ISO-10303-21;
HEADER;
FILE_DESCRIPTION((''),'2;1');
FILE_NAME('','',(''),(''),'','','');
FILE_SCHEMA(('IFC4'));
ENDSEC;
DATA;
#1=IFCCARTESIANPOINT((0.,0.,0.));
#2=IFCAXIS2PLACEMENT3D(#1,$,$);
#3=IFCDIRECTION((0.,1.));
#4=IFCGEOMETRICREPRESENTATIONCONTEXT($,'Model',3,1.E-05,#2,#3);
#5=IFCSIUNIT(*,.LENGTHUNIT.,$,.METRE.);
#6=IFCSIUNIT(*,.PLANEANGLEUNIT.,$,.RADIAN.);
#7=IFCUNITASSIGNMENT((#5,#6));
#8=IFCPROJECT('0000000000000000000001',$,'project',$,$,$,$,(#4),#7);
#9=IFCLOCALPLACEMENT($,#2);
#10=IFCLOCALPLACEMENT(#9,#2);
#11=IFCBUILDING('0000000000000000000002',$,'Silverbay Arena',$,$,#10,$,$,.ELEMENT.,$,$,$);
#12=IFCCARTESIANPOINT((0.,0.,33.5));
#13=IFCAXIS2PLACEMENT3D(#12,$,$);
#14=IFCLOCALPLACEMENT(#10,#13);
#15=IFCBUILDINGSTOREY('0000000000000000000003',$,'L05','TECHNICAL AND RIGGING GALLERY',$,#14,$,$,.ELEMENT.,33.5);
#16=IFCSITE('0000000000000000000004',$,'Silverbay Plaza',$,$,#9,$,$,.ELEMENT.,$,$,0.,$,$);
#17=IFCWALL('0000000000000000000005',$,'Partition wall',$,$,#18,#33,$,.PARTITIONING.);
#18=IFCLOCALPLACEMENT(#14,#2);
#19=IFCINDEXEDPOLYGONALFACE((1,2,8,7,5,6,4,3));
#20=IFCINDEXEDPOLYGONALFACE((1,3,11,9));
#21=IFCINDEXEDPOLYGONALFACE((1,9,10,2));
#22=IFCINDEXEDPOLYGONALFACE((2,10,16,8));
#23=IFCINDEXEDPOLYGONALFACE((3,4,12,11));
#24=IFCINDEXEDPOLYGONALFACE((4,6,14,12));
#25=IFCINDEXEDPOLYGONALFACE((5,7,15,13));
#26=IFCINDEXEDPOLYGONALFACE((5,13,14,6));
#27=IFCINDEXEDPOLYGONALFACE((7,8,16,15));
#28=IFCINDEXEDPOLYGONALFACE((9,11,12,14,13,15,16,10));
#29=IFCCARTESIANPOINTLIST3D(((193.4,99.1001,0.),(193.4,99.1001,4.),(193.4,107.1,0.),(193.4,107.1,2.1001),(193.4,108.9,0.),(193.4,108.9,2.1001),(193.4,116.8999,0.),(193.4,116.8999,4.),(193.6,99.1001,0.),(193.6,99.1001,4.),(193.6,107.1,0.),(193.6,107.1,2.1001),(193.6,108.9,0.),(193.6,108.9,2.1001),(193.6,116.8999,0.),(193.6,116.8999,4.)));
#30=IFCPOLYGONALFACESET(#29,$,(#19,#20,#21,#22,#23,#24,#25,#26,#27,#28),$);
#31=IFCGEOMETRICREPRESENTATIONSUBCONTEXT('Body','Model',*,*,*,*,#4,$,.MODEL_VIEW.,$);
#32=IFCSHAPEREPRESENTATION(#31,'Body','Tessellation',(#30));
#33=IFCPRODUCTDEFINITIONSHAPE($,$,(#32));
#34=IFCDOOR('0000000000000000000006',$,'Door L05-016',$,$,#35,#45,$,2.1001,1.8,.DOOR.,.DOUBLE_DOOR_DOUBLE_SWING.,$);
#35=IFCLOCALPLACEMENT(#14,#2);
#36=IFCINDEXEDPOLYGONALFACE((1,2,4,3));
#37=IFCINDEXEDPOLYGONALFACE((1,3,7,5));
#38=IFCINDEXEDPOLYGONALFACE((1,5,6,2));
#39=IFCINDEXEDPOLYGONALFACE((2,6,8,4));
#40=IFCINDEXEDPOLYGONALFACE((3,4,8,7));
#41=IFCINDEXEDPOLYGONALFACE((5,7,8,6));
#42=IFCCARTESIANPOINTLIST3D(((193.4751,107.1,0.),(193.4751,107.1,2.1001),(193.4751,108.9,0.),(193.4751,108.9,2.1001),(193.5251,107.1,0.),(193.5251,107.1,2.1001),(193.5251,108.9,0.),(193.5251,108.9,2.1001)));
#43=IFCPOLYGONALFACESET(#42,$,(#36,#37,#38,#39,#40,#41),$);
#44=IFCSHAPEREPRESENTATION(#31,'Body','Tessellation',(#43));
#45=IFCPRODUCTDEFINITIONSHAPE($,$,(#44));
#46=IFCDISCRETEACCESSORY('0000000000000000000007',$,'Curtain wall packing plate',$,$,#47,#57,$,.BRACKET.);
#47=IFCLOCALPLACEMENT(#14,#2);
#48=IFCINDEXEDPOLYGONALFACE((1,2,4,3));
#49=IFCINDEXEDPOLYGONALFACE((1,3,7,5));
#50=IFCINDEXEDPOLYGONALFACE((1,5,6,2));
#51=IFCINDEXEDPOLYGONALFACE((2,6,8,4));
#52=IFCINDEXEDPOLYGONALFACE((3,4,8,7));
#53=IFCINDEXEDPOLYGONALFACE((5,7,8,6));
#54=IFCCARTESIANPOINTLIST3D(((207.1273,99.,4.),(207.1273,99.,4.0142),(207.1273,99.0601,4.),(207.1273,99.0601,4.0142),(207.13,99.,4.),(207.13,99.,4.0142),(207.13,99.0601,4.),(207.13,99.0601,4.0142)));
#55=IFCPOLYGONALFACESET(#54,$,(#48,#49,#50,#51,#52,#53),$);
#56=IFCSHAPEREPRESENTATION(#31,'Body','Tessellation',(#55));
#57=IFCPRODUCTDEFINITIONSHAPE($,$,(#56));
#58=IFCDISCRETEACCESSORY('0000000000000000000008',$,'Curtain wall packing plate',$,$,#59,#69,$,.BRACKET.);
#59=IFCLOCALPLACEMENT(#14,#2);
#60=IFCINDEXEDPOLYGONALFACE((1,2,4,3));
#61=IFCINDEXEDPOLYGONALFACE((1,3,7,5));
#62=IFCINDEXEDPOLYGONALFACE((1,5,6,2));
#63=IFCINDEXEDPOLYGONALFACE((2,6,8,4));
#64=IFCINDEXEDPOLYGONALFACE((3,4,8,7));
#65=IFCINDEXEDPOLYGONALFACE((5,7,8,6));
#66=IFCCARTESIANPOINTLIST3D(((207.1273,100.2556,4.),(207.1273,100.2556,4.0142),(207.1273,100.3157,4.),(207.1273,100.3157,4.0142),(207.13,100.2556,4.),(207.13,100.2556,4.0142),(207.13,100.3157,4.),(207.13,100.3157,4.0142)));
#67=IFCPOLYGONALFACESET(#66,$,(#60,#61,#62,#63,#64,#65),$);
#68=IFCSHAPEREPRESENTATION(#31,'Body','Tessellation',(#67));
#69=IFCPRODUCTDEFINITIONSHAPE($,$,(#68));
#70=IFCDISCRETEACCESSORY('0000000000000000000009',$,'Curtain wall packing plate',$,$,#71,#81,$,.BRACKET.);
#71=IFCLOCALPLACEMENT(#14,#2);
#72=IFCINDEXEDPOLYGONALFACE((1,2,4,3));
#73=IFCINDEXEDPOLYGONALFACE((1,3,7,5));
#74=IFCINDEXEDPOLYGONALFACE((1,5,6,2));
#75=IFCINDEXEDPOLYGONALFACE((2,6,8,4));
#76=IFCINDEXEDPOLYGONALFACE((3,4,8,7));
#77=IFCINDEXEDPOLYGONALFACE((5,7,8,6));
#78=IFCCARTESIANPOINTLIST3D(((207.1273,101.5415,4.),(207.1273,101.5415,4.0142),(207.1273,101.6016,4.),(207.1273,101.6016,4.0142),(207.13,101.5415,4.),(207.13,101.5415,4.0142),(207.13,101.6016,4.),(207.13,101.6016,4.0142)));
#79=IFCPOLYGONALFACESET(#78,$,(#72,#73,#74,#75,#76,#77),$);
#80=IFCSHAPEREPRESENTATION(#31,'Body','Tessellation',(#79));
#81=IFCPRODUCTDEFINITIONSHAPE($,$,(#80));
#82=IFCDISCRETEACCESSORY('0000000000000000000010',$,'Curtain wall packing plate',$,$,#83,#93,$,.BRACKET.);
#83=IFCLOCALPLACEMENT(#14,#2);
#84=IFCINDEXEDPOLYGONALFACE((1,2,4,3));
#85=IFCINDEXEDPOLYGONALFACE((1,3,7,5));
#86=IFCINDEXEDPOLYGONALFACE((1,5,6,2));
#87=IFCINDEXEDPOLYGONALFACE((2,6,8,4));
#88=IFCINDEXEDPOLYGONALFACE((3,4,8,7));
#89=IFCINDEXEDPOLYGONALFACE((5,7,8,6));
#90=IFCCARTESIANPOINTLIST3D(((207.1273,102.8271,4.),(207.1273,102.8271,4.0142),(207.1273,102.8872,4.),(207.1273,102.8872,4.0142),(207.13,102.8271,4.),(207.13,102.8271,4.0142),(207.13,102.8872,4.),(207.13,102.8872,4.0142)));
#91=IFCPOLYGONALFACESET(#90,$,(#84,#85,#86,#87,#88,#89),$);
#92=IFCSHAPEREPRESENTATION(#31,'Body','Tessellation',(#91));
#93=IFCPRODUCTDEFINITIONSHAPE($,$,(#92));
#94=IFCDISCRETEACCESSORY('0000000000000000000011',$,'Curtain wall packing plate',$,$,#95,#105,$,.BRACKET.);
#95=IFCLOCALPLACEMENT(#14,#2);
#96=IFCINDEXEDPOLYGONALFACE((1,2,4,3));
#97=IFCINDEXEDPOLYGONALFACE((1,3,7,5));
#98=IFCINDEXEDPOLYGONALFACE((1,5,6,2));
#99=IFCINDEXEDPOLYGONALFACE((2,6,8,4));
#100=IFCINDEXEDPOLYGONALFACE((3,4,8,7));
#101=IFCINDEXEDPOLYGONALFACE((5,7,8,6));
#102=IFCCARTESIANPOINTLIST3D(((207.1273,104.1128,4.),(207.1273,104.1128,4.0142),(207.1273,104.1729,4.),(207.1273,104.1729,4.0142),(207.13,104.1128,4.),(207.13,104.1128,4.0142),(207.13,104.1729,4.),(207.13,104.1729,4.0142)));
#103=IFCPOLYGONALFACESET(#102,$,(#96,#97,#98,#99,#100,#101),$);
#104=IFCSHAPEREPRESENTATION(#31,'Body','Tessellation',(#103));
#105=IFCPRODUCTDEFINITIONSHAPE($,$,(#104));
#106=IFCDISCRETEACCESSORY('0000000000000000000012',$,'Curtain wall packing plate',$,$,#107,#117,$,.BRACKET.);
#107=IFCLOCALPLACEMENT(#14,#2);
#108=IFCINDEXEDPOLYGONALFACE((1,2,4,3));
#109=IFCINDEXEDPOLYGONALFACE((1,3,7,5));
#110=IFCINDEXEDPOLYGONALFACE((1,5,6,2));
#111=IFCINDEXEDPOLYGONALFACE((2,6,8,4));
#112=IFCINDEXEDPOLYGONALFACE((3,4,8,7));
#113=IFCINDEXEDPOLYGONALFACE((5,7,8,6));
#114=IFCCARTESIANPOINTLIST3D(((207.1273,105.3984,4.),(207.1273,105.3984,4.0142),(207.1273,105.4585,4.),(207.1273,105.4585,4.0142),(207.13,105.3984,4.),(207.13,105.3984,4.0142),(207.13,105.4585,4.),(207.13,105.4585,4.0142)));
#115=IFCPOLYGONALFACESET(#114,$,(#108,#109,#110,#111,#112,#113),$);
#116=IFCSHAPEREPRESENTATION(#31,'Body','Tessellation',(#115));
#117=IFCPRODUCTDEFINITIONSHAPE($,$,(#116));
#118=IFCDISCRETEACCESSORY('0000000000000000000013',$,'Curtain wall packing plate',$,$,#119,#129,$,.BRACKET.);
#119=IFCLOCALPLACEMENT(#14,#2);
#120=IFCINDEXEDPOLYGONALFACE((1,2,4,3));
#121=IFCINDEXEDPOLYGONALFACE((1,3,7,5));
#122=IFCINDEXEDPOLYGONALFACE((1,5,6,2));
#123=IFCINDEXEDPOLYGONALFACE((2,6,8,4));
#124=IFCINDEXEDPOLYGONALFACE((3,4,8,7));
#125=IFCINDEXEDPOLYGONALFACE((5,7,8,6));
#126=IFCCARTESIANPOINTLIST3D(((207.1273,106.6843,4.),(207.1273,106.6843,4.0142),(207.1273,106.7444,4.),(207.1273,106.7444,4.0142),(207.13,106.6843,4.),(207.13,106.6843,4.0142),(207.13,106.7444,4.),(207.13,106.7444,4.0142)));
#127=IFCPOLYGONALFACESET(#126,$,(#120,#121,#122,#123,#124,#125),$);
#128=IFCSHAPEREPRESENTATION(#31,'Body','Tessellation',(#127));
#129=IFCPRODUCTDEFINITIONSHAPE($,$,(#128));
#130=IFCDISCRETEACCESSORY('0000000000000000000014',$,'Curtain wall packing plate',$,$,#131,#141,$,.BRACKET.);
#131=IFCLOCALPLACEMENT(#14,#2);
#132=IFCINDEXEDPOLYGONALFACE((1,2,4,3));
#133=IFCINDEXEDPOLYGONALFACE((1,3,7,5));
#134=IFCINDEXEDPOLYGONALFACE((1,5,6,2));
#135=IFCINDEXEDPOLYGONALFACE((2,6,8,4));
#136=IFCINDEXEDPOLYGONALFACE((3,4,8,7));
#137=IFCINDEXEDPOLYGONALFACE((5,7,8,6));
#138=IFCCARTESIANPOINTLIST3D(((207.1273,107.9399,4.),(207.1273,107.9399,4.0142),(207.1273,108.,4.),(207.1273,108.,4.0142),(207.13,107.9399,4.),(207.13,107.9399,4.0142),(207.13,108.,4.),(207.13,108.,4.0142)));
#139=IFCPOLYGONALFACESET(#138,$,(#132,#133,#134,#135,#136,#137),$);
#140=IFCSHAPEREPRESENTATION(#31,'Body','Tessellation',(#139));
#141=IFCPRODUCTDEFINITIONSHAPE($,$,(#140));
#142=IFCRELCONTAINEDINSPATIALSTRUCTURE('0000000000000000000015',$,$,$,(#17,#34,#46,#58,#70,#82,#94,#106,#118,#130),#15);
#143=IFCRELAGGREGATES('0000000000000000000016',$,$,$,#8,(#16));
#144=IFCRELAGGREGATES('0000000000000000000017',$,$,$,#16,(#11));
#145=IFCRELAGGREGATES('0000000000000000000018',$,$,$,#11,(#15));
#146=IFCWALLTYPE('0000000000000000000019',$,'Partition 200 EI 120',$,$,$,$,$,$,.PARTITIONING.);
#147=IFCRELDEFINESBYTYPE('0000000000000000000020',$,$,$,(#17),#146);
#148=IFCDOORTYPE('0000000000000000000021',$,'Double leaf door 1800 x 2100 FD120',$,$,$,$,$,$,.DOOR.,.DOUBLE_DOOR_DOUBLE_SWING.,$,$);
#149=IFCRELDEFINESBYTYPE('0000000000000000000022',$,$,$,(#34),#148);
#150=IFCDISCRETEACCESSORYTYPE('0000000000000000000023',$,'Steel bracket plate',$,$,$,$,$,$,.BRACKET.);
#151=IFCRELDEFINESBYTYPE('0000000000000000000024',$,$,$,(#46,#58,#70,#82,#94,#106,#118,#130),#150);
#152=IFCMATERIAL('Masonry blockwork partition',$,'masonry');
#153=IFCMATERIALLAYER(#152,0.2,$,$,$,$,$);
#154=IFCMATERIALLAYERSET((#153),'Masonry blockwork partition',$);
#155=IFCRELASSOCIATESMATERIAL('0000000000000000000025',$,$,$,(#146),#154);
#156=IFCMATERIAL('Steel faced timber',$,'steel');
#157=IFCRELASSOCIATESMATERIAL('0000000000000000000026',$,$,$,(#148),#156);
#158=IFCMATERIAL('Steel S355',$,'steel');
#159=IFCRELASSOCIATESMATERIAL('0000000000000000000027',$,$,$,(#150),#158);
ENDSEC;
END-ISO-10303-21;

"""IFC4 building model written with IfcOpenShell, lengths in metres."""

from ifc_helpers import new_model, si_unit, direction, frame, frame_2d, origin, origin_2d, place, context, subcontext, project, spatial, rectangle, extrude, material, layer, layer_set, type_object, element, fill, save


model = new_model("IFC4")

# Units and contexts
model_context = context("Model", 3, precision=1e-05, world=origin(), true_north=direction((0.0, 1.0)))
body_context = subcontext(model_context, "Body", "Model", "MODEL_VIEW")
ifc_project = project(units=[si_unit("LENGTHUNIT", "METRE"), si_unit("PLANEANGLEUNIT", "RADIAN")], contexts=[model_context])

# Site, building, storey
site_placement = place(None, origin())
site = spatial("IfcSite", under=ifc_project, at=site_placement, Name="Silverbay Plaza", CompositionType="ELEMENT", RefElevation=0.0)
building_placement = place(site_placement, origin())
building = spatial("IfcBuilding", under=site, at=building_placement, Name="Silverbay Arena", CompositionType="ELEMENT")
storey_placement = place(building_placement, frame((0.0, 0.0, 33.5)))
storey = spatial("IfcBuildingStorey", under=building, at=storey_placement, Name="L05", Description="TECHNICAL AND RIGGING GALLERY", CompositionType="ELEMENT", Elevation=33.5)

# Wall, opening, door
ifc_material_1 = material(Name="Masonry blockwork partition", Category="masonry")
ifc_layer_1 = layer(ifc_material_1, 0.2)
ifc_layer_set_1 = layer_set([ifc_layer_1], Name="Masonry blockwork partition")
wall_type_1 = type_object("IfcWallType", Name="Partition 200 EI 120", PredefinedType="PARTITIONING", material=ifc_layer_set_1)
wall_1_placement = place(storey_placement, frame((193.5, 99.1001, 0.0), z_axis=(0.0, 0.0, 1.0), x_axis=(0.0, 1.0, 0.0)))
wall_1 = element("IfcWall", 1, at=wall_1_placement, inside=storey, type_object=wall_type_1, Name="Partition wall", PredefinedType="PARTITIONING", context=body_context, shape_type="SweptSolid", body=[
    extrude(rectangle(XDim=17.7998, YDim=0.2, at=frame_2d((8.8999, 0.0))), origin(), (0.0, 0.0, 1.0), 4.0),
])
opening_1_placement = place(wall_1_placement, frame((8.0, 0.0, 0.0)))
opening_1 = element("IfcOpeningElement", 2, at=opening_1_placement, cuts=wall_1, PredefinedType="OPENING", context=body_context, shape_type="SweptSolid", body=[
    extrude(rectangle(XDim=1.8, YDim=2.1001, at=frame_2d((0.8999, 1.05))), frame((0.0, 0.1099, 0.0), z_axis=(0.0, -1.0, 0.0), x_axis=(1.0, 0.0, 0.0)), (0.0, 0.0, 1.0), 0.22),
])
ifc_material_2 = material(Name="Steel faced timber", Category="steel")
door_type_1 = type_object("IfcDoorType", Name="Double leaf door 1800 x 2100 FD120", OperationType="DOUBLE_DOOR_DOUBLE_SWING", PredefinedType="DOOR", material=ifc_material_2)
door_1_placement = place(opening_1_placement, origin())
door_1 = element("IfcDoor", 3, at=door_1_placement, inside=storey, type_object=door_type_1, Name="Door L05-016", OperationType="DOUBLE_DOOR_DOUBLE_SWING", OverallHeight=2.1001, OverallWidth=1.8, PredefinedType="DOOR", context=body_context, shape_type="SweptSolid", body=[
    extrude(rectangle(XDim=1.8, YDim=2.1001, at=frame_2d((0.8999, 1.05))), frame((0.0, 0.0249, 0.0), z_axis=(0.0, -1.0, 0.0), x_axis=(1.0, 0.0, 0.0)), (0.0, 0.0, 1.0), 0.05),
])
fill(opening_1, door_1)

# Discrete accessories
ifc_material_3 = material(Name="Steel S355", Category="steel")
discrete_accessory_type = type_object("IfcDiscreteAccessoryType", Name="Steel bracket plate", PredefinedType="BRACKET", material=ifc_material_3)
for number, where, z_axis, x_axis, name in (
    (4, (207.1287, 99.03, 4.0), (0.0, 0.0, 1.0), (1.0, 0.0, 0.0), "Curtain wall packing plate"),
    (5, (207.1287, 100.2856, 4.0), (0.0, 0.0, 1.0), (1.0, 0.0, 0.0), "Curtain wall packing plate"),
    (6, (207.1287, 101.5715, 4.0), (0.0, 0.0, 1.0), (1.0, 0.0, 0.0), "Curtain wall packing plate"),
    (7, (207.1287, 102.8572, 4.0), (0.0, 0.0, 1.0), (1.0, 0.0, 0.0), "Curtain wall packing plate"),
    (8, (207.1287, 104.1428, 4.0), (0.0, 0.0, 1.0), (1.0, 0.0, 0.0), "Curtain wall packing plate"),
    (9, (207.1287, 105.4285, 4.0), (0.0, 0.0, 1.0), (1.0, 0.0, 0.0), "Curtain wall packing plate"),
    (10, (207.1287, 106.7144, 4.0), (0.0, 0.0, 1.0), (1.0, 0.0, 0.0), "Curtain wall packing plate"),
    (11, (207.1287, 107.97, 4.0), (0.0, 0.0, 1.0), (1.0, 0.0, 0.0), "Curtain wall packing plate"),
):
    element("IfcDiscreteAccessory", number, at=place(storey_placement, frame(where, z_axis=z_axis, x_axis=x_axis)), inside=storey, type_object=discrete_accessory_type, Name=name, PredefinedType="BRACKET", context=body_context, shape_type="SweptSolid", body=[
        extrude(rectangle(XDim=0.0027, YDim=0.0601, at=origin_2d()), origin(), (0.0, 0.0, 1.0), 0.0142),
    ])

save(model, "model.ifc")
